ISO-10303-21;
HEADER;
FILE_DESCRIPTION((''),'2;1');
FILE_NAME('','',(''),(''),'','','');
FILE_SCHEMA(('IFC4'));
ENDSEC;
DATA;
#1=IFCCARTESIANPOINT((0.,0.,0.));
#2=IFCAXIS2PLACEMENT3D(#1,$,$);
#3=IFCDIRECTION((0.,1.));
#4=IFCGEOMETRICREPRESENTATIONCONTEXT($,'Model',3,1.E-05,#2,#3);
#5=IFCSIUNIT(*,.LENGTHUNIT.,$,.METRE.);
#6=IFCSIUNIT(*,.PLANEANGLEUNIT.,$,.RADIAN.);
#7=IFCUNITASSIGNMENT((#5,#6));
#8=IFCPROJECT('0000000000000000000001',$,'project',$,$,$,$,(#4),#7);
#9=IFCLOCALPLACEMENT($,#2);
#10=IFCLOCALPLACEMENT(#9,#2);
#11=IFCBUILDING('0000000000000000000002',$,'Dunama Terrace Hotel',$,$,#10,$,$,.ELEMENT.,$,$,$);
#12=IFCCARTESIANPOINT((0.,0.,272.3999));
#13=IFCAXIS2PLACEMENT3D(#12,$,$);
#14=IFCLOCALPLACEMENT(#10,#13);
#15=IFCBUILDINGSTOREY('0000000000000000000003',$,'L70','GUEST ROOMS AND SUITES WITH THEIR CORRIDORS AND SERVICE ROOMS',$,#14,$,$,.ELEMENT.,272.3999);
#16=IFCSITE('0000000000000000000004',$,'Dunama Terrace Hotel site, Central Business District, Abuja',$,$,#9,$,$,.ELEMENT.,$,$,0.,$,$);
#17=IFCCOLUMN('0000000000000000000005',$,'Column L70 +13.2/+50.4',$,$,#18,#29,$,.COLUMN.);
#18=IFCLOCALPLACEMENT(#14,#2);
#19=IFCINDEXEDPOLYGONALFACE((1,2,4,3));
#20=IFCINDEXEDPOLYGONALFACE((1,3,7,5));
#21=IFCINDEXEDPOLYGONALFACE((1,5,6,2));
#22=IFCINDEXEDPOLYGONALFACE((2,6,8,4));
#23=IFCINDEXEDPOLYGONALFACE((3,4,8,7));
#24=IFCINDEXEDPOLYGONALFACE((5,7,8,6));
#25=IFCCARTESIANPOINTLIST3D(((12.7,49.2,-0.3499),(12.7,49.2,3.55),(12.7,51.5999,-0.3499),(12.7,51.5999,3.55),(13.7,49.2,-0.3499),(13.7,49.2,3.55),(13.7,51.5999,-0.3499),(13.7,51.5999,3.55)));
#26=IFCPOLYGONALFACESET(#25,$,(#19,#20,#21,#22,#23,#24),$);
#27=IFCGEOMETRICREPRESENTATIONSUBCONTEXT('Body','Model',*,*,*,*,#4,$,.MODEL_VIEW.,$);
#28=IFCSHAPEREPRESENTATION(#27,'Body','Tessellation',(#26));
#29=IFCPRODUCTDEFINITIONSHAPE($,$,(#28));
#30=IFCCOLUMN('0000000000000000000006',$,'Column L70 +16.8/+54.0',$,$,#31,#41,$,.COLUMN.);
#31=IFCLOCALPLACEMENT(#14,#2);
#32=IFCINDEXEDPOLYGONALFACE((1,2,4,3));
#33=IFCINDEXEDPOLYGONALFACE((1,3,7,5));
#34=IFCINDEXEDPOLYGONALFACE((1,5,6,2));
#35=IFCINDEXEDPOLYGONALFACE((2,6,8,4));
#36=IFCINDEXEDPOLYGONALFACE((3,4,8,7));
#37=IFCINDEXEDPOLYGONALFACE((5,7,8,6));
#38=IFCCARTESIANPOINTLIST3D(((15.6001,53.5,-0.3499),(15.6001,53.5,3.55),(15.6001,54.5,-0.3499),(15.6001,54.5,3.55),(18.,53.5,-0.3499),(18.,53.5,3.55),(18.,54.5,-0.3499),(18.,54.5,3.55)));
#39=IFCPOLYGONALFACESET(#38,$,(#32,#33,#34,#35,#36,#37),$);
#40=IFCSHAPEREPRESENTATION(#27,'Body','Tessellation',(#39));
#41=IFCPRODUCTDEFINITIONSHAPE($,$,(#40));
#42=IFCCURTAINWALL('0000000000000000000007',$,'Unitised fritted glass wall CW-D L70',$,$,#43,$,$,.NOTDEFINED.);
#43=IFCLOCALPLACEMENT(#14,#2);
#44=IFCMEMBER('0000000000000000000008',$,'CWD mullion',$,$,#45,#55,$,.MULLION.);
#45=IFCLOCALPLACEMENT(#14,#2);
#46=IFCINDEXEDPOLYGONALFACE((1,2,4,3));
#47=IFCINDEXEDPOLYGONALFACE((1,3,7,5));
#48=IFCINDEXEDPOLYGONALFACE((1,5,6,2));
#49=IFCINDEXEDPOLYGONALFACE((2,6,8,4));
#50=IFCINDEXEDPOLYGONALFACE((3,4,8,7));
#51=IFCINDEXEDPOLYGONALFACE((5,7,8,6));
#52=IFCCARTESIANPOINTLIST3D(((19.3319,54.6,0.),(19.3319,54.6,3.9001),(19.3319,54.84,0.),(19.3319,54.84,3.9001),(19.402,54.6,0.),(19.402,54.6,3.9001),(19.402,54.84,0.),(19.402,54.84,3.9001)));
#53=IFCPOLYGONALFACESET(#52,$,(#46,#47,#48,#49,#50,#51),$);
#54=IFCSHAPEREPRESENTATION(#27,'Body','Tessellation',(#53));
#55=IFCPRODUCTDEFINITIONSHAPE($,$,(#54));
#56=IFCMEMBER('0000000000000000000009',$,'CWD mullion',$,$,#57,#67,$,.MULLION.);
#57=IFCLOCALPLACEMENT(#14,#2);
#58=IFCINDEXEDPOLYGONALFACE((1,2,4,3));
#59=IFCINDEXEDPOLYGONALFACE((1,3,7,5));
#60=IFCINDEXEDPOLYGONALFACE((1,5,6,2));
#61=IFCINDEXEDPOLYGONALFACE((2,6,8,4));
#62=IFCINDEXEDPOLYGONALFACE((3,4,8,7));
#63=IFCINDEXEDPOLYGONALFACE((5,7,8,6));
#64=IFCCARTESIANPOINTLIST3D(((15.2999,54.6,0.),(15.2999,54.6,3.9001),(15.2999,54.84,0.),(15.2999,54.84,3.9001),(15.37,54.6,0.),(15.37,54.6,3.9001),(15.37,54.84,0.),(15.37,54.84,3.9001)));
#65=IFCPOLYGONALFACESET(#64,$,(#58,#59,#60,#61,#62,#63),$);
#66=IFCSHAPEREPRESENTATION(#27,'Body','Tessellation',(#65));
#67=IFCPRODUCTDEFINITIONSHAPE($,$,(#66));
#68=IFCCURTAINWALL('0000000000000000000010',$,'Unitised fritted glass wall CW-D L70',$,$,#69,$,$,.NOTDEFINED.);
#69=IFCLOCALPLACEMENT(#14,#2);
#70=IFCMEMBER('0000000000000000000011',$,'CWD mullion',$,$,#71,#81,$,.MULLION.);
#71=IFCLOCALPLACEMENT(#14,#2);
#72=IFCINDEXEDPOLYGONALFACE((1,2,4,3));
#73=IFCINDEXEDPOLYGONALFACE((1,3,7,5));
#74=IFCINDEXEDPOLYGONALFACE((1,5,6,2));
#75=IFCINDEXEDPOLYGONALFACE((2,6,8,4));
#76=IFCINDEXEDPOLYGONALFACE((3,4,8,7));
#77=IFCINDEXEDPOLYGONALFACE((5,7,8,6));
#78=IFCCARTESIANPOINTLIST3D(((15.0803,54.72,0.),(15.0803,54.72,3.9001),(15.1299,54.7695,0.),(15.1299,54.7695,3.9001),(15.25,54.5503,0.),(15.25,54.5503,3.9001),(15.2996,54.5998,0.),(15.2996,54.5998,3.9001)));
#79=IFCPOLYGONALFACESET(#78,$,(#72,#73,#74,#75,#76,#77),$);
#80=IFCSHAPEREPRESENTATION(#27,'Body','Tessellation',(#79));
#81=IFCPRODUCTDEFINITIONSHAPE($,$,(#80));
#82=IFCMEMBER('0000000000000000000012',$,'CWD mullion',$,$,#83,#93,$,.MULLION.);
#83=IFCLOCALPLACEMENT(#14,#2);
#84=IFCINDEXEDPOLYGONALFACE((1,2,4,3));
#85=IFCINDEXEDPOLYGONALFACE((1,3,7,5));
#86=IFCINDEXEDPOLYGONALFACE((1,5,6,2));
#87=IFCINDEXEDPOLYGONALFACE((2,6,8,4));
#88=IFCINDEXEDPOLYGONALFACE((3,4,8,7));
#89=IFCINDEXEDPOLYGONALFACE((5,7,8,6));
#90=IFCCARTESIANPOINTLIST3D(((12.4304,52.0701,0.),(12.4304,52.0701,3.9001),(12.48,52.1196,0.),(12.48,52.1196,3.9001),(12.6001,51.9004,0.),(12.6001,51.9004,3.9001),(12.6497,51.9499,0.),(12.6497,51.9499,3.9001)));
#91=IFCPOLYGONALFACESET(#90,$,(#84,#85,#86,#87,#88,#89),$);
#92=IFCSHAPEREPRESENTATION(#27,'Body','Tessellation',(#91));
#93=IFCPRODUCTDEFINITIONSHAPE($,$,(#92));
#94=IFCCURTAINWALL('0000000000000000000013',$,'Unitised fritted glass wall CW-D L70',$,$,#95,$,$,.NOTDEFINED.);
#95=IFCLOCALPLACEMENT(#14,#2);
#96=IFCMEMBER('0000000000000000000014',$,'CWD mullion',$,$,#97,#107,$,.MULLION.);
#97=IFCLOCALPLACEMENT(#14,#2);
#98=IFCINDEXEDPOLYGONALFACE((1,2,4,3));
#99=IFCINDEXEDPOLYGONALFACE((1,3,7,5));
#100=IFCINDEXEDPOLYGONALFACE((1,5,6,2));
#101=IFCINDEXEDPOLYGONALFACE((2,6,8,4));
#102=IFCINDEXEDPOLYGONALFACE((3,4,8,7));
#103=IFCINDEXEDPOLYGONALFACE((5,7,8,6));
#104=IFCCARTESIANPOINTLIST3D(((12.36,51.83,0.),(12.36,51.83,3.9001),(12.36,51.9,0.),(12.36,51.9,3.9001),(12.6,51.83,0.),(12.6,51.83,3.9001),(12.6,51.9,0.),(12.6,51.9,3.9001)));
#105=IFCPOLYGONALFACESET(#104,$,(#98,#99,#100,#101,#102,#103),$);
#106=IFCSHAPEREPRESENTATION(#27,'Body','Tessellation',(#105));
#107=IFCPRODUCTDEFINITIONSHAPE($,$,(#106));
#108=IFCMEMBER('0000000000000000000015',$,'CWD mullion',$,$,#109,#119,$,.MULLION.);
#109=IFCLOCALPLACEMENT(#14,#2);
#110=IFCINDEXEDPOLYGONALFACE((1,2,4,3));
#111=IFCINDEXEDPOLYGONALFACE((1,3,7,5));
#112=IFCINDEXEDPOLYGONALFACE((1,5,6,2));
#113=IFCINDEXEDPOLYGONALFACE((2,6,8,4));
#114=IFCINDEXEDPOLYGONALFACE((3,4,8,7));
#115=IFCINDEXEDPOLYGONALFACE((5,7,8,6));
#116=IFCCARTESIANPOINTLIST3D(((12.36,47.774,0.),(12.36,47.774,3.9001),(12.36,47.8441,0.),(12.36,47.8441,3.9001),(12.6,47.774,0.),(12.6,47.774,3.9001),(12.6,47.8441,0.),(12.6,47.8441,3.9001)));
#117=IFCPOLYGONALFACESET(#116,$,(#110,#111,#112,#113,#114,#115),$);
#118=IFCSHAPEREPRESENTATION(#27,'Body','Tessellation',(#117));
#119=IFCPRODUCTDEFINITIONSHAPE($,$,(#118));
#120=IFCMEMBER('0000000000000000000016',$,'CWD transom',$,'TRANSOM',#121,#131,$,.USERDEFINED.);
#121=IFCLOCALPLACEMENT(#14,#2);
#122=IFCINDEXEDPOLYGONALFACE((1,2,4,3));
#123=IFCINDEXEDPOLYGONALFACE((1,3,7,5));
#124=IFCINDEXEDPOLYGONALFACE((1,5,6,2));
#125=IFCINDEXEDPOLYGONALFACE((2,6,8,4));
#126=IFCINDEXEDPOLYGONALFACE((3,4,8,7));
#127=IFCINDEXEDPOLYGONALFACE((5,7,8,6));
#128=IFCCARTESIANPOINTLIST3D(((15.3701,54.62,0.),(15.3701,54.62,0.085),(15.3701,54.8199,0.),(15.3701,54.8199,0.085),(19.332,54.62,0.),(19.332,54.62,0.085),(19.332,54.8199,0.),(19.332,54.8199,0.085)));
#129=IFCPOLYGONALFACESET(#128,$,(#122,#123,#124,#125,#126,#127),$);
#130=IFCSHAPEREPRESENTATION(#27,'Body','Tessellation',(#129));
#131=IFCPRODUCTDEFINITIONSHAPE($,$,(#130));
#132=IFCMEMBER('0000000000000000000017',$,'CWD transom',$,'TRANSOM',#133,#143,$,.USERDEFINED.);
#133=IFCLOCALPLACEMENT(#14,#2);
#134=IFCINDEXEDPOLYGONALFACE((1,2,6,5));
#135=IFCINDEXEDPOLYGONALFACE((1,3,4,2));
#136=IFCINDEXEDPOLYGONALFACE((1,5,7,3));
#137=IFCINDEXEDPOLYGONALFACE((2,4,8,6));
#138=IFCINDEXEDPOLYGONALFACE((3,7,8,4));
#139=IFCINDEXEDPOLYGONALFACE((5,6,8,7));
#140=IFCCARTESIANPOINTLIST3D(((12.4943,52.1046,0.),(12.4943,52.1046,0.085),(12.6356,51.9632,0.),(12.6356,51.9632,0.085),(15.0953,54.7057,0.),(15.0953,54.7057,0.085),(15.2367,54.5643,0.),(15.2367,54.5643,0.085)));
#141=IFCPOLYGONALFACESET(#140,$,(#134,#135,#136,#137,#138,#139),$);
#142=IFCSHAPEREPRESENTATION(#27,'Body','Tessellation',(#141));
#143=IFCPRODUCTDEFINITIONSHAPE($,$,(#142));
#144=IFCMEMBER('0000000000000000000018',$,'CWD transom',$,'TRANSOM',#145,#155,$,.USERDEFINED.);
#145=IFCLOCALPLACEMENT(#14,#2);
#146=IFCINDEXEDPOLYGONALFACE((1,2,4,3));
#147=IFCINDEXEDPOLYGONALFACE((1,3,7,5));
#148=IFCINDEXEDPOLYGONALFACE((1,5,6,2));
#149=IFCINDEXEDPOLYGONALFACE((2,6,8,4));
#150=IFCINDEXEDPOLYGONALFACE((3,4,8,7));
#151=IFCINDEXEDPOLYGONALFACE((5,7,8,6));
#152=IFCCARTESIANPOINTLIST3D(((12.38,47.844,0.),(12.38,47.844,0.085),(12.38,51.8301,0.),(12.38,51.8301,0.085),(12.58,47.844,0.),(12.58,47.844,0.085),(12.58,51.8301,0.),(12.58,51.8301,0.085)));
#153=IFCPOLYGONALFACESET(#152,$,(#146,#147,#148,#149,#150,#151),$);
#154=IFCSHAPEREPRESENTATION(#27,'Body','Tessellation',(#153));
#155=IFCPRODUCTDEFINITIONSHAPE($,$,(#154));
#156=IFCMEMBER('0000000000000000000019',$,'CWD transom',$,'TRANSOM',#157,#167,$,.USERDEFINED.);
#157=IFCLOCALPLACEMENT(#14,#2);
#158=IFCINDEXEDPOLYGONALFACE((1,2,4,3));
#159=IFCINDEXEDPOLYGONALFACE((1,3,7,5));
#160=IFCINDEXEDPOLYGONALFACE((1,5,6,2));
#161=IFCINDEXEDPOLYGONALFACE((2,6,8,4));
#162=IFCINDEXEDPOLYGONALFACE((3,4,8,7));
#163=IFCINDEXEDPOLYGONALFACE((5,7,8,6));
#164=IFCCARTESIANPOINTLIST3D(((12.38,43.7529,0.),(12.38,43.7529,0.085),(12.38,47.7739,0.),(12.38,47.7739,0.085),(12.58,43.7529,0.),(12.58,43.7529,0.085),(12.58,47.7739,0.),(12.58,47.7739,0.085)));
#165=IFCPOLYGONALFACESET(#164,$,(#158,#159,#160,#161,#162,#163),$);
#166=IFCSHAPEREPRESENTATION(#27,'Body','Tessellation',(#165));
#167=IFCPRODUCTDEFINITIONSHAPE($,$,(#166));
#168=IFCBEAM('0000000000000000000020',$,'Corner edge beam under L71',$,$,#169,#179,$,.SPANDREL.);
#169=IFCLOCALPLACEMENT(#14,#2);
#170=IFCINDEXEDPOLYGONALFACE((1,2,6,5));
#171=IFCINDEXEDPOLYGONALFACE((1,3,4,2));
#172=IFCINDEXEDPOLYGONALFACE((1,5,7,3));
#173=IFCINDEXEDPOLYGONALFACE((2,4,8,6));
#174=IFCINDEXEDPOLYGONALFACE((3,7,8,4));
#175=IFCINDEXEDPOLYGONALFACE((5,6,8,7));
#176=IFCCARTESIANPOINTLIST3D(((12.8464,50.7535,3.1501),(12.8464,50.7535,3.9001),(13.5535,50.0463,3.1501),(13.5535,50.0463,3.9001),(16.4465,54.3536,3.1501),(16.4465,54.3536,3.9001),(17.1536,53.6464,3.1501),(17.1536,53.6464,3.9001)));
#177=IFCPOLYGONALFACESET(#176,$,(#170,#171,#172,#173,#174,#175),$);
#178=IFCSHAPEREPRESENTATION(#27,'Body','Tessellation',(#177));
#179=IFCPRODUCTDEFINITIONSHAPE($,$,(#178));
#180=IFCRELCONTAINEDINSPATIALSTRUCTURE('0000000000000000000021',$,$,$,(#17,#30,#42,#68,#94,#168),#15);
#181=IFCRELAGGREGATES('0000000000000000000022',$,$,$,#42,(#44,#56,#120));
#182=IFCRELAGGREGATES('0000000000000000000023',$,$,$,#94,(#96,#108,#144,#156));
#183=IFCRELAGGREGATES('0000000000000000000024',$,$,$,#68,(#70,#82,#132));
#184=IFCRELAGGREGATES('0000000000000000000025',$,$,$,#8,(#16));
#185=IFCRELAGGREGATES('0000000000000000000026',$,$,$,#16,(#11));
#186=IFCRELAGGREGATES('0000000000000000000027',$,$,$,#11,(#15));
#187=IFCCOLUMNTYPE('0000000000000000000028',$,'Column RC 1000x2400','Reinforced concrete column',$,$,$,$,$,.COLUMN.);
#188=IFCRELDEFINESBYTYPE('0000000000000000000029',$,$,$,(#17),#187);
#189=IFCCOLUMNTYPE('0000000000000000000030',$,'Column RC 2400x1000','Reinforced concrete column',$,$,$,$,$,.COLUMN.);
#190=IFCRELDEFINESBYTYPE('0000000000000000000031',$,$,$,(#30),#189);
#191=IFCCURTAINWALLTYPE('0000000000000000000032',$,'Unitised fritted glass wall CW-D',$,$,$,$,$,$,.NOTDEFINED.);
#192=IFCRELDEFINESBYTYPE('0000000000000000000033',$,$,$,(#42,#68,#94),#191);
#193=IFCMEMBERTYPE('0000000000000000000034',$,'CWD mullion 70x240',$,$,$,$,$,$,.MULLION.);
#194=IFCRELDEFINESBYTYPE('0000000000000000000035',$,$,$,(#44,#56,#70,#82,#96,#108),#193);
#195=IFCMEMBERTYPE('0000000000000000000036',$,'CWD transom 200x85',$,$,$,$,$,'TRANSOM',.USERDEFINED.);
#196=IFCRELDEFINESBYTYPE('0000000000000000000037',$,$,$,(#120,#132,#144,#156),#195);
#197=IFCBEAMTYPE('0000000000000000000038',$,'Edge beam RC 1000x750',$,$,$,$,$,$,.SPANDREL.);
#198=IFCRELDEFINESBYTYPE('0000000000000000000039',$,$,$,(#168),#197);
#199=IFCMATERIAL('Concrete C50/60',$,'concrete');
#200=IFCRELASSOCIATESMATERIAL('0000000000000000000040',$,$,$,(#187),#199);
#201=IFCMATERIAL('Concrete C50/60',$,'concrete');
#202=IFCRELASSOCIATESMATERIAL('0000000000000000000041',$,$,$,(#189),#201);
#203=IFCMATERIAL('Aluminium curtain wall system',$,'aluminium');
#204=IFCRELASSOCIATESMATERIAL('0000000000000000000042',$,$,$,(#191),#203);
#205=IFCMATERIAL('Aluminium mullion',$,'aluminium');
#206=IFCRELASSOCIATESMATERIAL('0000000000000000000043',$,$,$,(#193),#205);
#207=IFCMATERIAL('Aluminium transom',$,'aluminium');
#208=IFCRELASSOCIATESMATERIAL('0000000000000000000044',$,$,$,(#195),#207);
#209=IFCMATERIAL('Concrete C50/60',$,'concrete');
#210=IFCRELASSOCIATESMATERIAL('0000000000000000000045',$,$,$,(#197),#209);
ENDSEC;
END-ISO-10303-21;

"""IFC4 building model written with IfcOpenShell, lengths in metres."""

from ifc_helpers import new_model, si_unit, direction, frame, origin, origin_2d, place, context, subcontext, project, spatial, rectangle, extrude, material, material_profile, profile_set, type_object, element, aggregate, save


model = new_model("IFC4")

# Units and contexts
model_context = context("Model", 3, precision=1e-05, world=origin(), true_north=direction((0.0, 1.0)))
body_context = subcontext(model_context, "Body", "Model", "MODEL_VIEW")
ifc_project = project(units=[si_unit("LENGTHUNIT", "METRE"), si_unit("PLANEANGLEUNIT", "RADIAN")], contexts=[model_context])

# Site, building, storey
site_placement = place(None, origin())
site = spatial("IfcSite", under=ifc_project, at=site_placement, Name="Dunama Terrace Hotel site, Central Business District, Abuja", CompositionType="ELEMENT", RefElevation=0.0)
building_placement = place(site_placement, origin())
building = spatial("IfcBuilding", under=site, at=building_placement, Name="Dunama Terrace Hotel", CompositionType="ELEMENT")
storey_placement = place(building_placement, frame((0.0, 0.0, 272.3999)))
storey = spatial("IfcBuildingStorey", under=building, at=storey_placement, Name="L70", Description="GUEST ROOMS AND SUITES WITH THEIR CORRIDORS AND SERVICE ROOMS", CompositionType="ELEMENT", Elevation=272.3999)

# Columns
ifc_material_1 = material(Name="Concrete C50/60", Category="concrete")
ifc_material_profile_1 = material_profile(ifc_material_1, rectangle(XDim=1.0, YDim=2.3999, at=origin_2d()), Name="RC 1000x2400")
ifc_profile_set_1 = profile_set([ifc_material_profile_1], Name="Concrete C50/60")
column_type_1 = type_object("IfcColumnType", Name="Column RC 1000x2400", Description="Reinforced concrete column", PredefinedType="COLUMN", material=ifc_profile_set_1)
column_1_placement = place(storey_placement, frame((13.2, 50.3999, -0.3499), z_axis=(0.0, 0.0, 1.0), x_axis=(1.0, 0.0, 0.0)))
element("IfcColumn", 1, at=column_1_placement, inside=storey, type_object=column_type_1, Name="Column L70 +13.2/+50.4", PredefinedType="COLUMN", context=body_context, shape_type="SweptSolid", body=[
    extrude(rectangle(XDim=1.0, YDim=2.3999, at=origin_2d()), origin(), (0.0, 0.0, 1.0), 3.8999),
])
ifc_material_2 = material(Name="Concrete C50/60", Category="concrete")
ifc_material_profile_2 = material_profile(ifc_material_2, rectangle(XDim=2.3999, YDim=1.0, at=origin_2d()), Name="RC 2400x1000")
ifc_profile_set_2 = profile_set([ifc_material_profile_2], Name="Concrete C50/60")
column_type_2 = type_object("IfcColumnType", Name="Column RC 2400x1000", Description="Reinforced concrete column", PredefinedType="COLUMN", material=ifc_profile_set_2)
column_2_placement = place(storey_placement, frame((16.8, 54.0, -0.3499), z_axis=(0.0, 0.0, 1.0), x_axis=(1.0, 0.0, 0.0)))
element("IfcColumn", 2, at=column_2_placement, inside=storey, type_object=column_type_2, Name="Column L70 +16.8/+54.0", PredefinedType="COLUMN", context=body_context, shape_type="SweptSolid", body=[
    extrude(rectangle(XDim=2.3999, YDim=1.0, at=origin_2d()), origin(), (0.0, 0.0, 1.0), 3.8999),
])

# Curtain walls, members
ifc_material_3 = material(Name="Aluminium curtain wall system", Category="aluminium")
curtain_wall_type = type_object("IfcCurtainWallType", Name="Unitised fritted glass wall CW-D", PredefinedType="NOTDEFINED", material=ifc_material_3)
curtain_wall_1_placement = place(storey_placement, origin())
curtain_wall_1 = element("IfcCurtainWall", 3, at=curtain_wall_1_placement, inside=storey, type_object=curtain_wall_type, Name="Unitised fritted glass wall CW-D L70", PredefinedType="NOTDEFINED")
ifc_material_4 = material(Name="Aluminium mullion", Category="aluminium")
ifc_material_profile_3 = material_profile(ifc_material_4, rectangle(XDim=0.0701, YDim=0.24, at=origin_2d()), Name="CWD MULLION 70X240")
ifc_profile_set_3 = profile_set([ifc_material_profile_3], Name="Aluminium mullion")
member_type_1 = type_object("IfcMemberType", Name="CWD mullion 70x240", PredefinedType="MULLION", material=ifc_profile_set_3)
member_1_placement = place(storey_placement, frame((19.3669, 54.72, 0.0), z_axis=(0.0, 0.0, 1.0), x_axis=(-1.0, 0.0, 0.0)))
member_1 = element("IfcMember", 4, at=member_1_placement, type_object=member_type_1, Name="CWD mullion", PredefinedType="MULLION", context=body_context, shape_type="SweptSolid", body=[
    extrude(rectangle(XDim=0.0701, YDim=0.24, at=origin_2d()), origin(), (0.0, 0.0, 1.0), 3.9001),
])
member_2_placement = place(storey_placement, frame((15.335, 54.72, 0.0), z_axis=(0.0, 0.0, 1.0), x_axis=(-1.0, 0.0, 0.0)))
member_2 = element("IfcMember", 5, at=member_2_placement, type_object=member_type_1, Name="CWD mullion", PredefinedType="MULLION", context=body_context, shape_type="SweptSolid", body=[
    extrude(rectangle(XDim=0.0701, YDim=0.24, at=origin_2d()), origin(), (0.0, 0.0, 1.0), 3.9001),
])
curtain_wall_2_placement = place(storey_placement, origin())
curtain_wall_2 = element("IfcCurtainWall", 6, at=curtain_wall_2_placement, inside=storey, type_object=curtain_wall_type, Name="Unitised fritted glass wall CW-D L70", PredefinedType="NOTDEFINED")
member_3_placement = place(storey_placement, frame((15.1899, 54.6599, 0.0), z_axis=(0.0, 0.0, 1.0), x_axis=(-0.707107, -0.707107, 0.0)))
member_3 = element("IfcMember", 7, at=member_3_placement, type_object=member_type_1, Name="CWD mullion", PredefinedType="MULLION", context=body_context, shape_type="SweptSolid", body=[
    extrude(rectangle(XDim=0.0701, YDim=0.24, at=origin_2d()), origin(), (0.0, 0.0, 1.0), 3.9001),
])
member_4_placement = place(storey_placement, frame((12.54, 52.01, 0.0), z_axis=(0.0, 0.0, 1.0), x_axis=(-0.707107, -0.707107, 0.0)))
member_4 = element("IfcMember", 8, at=member_4_placement, type_object=member_type_1, Name="CWD mullion", PredefinedType="MULLION", context=body_context, shape_type="SweptSolid", body=[
    extrude(rectangle(XDim=0.0701, YDim=0.24, at=origin_2d()), origin(), (0.0, 0.0, 1.0), 3.9001),
])
curtain_wall_3_placement = place(storey_placement, origin())
curtain_wall_3 = element("IfcCurtainWall", 9, at=curtain_wall_3_placement, inside=storey, type_object=curtain_wall_type, Name="Unitised fritted glass wall CW-D L70", PredefinedType="NOTDEFINED")
member_5_placement = place(storey_placement, frame((12.48, 51.865, 0.0), z_axis=(0.0, 0.0, 1.0), x_axis=(0.0, -1.0, 0.0)))
member_5 = element("IfcMember", 10, at=member_5_placement, type_object=member_type_1, Name="CWD mullion", PredefinedType="MULLION", context=body_context, shape_type="SweptSolid", body=[
    extrude(rectangle(XDim=0.0701, YDim=0.24, at=origin_2d()), origin(), (0.0, 0.0, 1.0), 3.9001),
])
member_6_placement = place(storey_placement, frame((12.48, 47.8091, 0.0), z_axis=(0.0, 0.0, 1.0), x_axis=(0.0, -1.0, 0.0)))
member_6 = element("IfcMember", 11, at=member_6_placement, type_object=member_type_1, Name="CWD mullion", PredefinedType="MULLION", context=body_context, shape_type="SweptSolid", body=[
    extrude(rectangle(XDim=0.0701, YDim=0.24, at=origin_2d()), origin(), (0.0, 0.0, 1.0), 3.9001),
])

# Members
ifc_material_5 = material(Name="Aluminium transom", Category="aluminium")
ifc_material_profile_4 = material_profile(ifc_material_5, rectangle(XDim=0.2, YDim=0.085, at=origin_2d()), Name="CWD TRANSOM 200X85")
ifc_profile_set_4 = profile_set([ifc_material_profile_4], Name="Aluminium transom")
member_type_2 = type_object("IfcMemberType", Name="CWD transom 200x85", ElementType="TRANSOM", PredefinedType="USERDEFINED", material=ifc_profile_set_4)
member_7_placement = place(storey_placement, frame((19.332, 54.72, 0.0425), z_axis=(-1.0, 0.0, 0.0), x_axis=(0.0, -1.0, 0.0)))
member_7 = element("IfcMember", 12, at=member_7_placement, type_object=member_type_2, Name="CWD transom", ObjectType="TRANSOM", PredefinedType="USERDEFINED", context=body_context, shape_type="SweptSolid", body=[
    extrude(rectangle(XDim=0.2, YDim=0.085, at=origin_2d()), origin(), (0.0, 0.0, 1.0), 3.9619),
])
member_8_placement = place(storey_placement, frame((15.166, 54.635, 0.0425), z_axis=(-0.707107, -0.707107, 0.0), x_axis=(0.707107, -0.707107, 0.0)))
member_8 = element("IfcMember", 13, at=member_8_placement, type_object=member_type_2, Name="CWD transom", ObjectType="TRANSOM", PredefinedType="USERDEFINED", context=body_context, shape_type="SweptSolid", body=[
    extrude(rectangle(XDim=0.2, YDim=0.085, at=origin_2d()), origin(), (0.0, 0.0, 1.0), 3.6785),
])
member_9_placement = place(storey_placement, frame((12.48, 51.8301, 0.0425), z_axis=(0.0, -1.0, 0.0), x_axis=(1.0, 0.0, 0.0)))
member_9 = element("IfcMember", 14, at=member_9_placement, type_object=member_type_2, Name="CWD transom", ObjectType="TRANSOM", PredefinedType="USERDEFINED", context=body_context, shape_type="SweptSolid", body=[
    extrude(rectangle(XDim=0.2, YDim=0.085, at=origin_2d()), origin(), (0.0, 0.0, 1.0), 3.9861),
])
member_10_placement = place(storey_placement, frame((12.48, 47.7739, 0.0425), z_axis=(0.0, -1.0, 0.0), x_axis=(1.0, 0.0, 0.0)))
member_10 = element("IfcMember", 15, at=member_10_placement, type_object=member_type_2, Name="CWD transom", ObjectType="TRANSOM", PredefinedType="USERDEFINED", context=body_context, shape_type="SweptSolid", body=[
    extrude(rectangle(XDim=0.2, YDim=0.085, at=origin_2d()), origin(), (0.0, 0.0, 1.0), 4.021),
])

# Beam
ifc_material_6 = material(Name="Concrete C50/60", Category="concrete")
ifc_material_profile_5 = material_profile(ifc_material_6, rectangle(XDim=1.0, YDim=0.75, at=origin_2d()), Name="RC 1000x750")
ifc_profile_set_5 = profile_set([ifc_material_profile_5], Name="Concrete C50/60")
beam_type_1 = type_object("IfcBeamType", Name="Edge beam RC 1000x750", PredefinedType="SPANDREL", material=ifc_profile_set_5)
beam_1_placement = place(storey_placement, frame((16.8, 54.0, 3.5251), z_axis=(-0.707107, -0.707107, 0.0), x_axis=(0.707107, -0.707107, 0.0)))
element("IfcBeam", 16, at=beam_1_placement, inside=storey, type_object=beam_type_1, Name="Corner edge beam under L71", PredefinedType="SPANDREL", context=body_context, shape_type="SweptSolid", body=[
    extrude(rectangle(XDim=1.0, YDim=0.75, at=origin_2d()), origin(), (0.0, 0.0, 1.0), 5.0913),
])

aggregate(curtain_wall_1, [member_1, member_2, member_7])
aggregate(curtain_wall_3, [member_5, member_6, member_9, member_10])
aggregate(curtain_wall_2, [member_3, member_4, member_8])

save(model, "model.ifc")
